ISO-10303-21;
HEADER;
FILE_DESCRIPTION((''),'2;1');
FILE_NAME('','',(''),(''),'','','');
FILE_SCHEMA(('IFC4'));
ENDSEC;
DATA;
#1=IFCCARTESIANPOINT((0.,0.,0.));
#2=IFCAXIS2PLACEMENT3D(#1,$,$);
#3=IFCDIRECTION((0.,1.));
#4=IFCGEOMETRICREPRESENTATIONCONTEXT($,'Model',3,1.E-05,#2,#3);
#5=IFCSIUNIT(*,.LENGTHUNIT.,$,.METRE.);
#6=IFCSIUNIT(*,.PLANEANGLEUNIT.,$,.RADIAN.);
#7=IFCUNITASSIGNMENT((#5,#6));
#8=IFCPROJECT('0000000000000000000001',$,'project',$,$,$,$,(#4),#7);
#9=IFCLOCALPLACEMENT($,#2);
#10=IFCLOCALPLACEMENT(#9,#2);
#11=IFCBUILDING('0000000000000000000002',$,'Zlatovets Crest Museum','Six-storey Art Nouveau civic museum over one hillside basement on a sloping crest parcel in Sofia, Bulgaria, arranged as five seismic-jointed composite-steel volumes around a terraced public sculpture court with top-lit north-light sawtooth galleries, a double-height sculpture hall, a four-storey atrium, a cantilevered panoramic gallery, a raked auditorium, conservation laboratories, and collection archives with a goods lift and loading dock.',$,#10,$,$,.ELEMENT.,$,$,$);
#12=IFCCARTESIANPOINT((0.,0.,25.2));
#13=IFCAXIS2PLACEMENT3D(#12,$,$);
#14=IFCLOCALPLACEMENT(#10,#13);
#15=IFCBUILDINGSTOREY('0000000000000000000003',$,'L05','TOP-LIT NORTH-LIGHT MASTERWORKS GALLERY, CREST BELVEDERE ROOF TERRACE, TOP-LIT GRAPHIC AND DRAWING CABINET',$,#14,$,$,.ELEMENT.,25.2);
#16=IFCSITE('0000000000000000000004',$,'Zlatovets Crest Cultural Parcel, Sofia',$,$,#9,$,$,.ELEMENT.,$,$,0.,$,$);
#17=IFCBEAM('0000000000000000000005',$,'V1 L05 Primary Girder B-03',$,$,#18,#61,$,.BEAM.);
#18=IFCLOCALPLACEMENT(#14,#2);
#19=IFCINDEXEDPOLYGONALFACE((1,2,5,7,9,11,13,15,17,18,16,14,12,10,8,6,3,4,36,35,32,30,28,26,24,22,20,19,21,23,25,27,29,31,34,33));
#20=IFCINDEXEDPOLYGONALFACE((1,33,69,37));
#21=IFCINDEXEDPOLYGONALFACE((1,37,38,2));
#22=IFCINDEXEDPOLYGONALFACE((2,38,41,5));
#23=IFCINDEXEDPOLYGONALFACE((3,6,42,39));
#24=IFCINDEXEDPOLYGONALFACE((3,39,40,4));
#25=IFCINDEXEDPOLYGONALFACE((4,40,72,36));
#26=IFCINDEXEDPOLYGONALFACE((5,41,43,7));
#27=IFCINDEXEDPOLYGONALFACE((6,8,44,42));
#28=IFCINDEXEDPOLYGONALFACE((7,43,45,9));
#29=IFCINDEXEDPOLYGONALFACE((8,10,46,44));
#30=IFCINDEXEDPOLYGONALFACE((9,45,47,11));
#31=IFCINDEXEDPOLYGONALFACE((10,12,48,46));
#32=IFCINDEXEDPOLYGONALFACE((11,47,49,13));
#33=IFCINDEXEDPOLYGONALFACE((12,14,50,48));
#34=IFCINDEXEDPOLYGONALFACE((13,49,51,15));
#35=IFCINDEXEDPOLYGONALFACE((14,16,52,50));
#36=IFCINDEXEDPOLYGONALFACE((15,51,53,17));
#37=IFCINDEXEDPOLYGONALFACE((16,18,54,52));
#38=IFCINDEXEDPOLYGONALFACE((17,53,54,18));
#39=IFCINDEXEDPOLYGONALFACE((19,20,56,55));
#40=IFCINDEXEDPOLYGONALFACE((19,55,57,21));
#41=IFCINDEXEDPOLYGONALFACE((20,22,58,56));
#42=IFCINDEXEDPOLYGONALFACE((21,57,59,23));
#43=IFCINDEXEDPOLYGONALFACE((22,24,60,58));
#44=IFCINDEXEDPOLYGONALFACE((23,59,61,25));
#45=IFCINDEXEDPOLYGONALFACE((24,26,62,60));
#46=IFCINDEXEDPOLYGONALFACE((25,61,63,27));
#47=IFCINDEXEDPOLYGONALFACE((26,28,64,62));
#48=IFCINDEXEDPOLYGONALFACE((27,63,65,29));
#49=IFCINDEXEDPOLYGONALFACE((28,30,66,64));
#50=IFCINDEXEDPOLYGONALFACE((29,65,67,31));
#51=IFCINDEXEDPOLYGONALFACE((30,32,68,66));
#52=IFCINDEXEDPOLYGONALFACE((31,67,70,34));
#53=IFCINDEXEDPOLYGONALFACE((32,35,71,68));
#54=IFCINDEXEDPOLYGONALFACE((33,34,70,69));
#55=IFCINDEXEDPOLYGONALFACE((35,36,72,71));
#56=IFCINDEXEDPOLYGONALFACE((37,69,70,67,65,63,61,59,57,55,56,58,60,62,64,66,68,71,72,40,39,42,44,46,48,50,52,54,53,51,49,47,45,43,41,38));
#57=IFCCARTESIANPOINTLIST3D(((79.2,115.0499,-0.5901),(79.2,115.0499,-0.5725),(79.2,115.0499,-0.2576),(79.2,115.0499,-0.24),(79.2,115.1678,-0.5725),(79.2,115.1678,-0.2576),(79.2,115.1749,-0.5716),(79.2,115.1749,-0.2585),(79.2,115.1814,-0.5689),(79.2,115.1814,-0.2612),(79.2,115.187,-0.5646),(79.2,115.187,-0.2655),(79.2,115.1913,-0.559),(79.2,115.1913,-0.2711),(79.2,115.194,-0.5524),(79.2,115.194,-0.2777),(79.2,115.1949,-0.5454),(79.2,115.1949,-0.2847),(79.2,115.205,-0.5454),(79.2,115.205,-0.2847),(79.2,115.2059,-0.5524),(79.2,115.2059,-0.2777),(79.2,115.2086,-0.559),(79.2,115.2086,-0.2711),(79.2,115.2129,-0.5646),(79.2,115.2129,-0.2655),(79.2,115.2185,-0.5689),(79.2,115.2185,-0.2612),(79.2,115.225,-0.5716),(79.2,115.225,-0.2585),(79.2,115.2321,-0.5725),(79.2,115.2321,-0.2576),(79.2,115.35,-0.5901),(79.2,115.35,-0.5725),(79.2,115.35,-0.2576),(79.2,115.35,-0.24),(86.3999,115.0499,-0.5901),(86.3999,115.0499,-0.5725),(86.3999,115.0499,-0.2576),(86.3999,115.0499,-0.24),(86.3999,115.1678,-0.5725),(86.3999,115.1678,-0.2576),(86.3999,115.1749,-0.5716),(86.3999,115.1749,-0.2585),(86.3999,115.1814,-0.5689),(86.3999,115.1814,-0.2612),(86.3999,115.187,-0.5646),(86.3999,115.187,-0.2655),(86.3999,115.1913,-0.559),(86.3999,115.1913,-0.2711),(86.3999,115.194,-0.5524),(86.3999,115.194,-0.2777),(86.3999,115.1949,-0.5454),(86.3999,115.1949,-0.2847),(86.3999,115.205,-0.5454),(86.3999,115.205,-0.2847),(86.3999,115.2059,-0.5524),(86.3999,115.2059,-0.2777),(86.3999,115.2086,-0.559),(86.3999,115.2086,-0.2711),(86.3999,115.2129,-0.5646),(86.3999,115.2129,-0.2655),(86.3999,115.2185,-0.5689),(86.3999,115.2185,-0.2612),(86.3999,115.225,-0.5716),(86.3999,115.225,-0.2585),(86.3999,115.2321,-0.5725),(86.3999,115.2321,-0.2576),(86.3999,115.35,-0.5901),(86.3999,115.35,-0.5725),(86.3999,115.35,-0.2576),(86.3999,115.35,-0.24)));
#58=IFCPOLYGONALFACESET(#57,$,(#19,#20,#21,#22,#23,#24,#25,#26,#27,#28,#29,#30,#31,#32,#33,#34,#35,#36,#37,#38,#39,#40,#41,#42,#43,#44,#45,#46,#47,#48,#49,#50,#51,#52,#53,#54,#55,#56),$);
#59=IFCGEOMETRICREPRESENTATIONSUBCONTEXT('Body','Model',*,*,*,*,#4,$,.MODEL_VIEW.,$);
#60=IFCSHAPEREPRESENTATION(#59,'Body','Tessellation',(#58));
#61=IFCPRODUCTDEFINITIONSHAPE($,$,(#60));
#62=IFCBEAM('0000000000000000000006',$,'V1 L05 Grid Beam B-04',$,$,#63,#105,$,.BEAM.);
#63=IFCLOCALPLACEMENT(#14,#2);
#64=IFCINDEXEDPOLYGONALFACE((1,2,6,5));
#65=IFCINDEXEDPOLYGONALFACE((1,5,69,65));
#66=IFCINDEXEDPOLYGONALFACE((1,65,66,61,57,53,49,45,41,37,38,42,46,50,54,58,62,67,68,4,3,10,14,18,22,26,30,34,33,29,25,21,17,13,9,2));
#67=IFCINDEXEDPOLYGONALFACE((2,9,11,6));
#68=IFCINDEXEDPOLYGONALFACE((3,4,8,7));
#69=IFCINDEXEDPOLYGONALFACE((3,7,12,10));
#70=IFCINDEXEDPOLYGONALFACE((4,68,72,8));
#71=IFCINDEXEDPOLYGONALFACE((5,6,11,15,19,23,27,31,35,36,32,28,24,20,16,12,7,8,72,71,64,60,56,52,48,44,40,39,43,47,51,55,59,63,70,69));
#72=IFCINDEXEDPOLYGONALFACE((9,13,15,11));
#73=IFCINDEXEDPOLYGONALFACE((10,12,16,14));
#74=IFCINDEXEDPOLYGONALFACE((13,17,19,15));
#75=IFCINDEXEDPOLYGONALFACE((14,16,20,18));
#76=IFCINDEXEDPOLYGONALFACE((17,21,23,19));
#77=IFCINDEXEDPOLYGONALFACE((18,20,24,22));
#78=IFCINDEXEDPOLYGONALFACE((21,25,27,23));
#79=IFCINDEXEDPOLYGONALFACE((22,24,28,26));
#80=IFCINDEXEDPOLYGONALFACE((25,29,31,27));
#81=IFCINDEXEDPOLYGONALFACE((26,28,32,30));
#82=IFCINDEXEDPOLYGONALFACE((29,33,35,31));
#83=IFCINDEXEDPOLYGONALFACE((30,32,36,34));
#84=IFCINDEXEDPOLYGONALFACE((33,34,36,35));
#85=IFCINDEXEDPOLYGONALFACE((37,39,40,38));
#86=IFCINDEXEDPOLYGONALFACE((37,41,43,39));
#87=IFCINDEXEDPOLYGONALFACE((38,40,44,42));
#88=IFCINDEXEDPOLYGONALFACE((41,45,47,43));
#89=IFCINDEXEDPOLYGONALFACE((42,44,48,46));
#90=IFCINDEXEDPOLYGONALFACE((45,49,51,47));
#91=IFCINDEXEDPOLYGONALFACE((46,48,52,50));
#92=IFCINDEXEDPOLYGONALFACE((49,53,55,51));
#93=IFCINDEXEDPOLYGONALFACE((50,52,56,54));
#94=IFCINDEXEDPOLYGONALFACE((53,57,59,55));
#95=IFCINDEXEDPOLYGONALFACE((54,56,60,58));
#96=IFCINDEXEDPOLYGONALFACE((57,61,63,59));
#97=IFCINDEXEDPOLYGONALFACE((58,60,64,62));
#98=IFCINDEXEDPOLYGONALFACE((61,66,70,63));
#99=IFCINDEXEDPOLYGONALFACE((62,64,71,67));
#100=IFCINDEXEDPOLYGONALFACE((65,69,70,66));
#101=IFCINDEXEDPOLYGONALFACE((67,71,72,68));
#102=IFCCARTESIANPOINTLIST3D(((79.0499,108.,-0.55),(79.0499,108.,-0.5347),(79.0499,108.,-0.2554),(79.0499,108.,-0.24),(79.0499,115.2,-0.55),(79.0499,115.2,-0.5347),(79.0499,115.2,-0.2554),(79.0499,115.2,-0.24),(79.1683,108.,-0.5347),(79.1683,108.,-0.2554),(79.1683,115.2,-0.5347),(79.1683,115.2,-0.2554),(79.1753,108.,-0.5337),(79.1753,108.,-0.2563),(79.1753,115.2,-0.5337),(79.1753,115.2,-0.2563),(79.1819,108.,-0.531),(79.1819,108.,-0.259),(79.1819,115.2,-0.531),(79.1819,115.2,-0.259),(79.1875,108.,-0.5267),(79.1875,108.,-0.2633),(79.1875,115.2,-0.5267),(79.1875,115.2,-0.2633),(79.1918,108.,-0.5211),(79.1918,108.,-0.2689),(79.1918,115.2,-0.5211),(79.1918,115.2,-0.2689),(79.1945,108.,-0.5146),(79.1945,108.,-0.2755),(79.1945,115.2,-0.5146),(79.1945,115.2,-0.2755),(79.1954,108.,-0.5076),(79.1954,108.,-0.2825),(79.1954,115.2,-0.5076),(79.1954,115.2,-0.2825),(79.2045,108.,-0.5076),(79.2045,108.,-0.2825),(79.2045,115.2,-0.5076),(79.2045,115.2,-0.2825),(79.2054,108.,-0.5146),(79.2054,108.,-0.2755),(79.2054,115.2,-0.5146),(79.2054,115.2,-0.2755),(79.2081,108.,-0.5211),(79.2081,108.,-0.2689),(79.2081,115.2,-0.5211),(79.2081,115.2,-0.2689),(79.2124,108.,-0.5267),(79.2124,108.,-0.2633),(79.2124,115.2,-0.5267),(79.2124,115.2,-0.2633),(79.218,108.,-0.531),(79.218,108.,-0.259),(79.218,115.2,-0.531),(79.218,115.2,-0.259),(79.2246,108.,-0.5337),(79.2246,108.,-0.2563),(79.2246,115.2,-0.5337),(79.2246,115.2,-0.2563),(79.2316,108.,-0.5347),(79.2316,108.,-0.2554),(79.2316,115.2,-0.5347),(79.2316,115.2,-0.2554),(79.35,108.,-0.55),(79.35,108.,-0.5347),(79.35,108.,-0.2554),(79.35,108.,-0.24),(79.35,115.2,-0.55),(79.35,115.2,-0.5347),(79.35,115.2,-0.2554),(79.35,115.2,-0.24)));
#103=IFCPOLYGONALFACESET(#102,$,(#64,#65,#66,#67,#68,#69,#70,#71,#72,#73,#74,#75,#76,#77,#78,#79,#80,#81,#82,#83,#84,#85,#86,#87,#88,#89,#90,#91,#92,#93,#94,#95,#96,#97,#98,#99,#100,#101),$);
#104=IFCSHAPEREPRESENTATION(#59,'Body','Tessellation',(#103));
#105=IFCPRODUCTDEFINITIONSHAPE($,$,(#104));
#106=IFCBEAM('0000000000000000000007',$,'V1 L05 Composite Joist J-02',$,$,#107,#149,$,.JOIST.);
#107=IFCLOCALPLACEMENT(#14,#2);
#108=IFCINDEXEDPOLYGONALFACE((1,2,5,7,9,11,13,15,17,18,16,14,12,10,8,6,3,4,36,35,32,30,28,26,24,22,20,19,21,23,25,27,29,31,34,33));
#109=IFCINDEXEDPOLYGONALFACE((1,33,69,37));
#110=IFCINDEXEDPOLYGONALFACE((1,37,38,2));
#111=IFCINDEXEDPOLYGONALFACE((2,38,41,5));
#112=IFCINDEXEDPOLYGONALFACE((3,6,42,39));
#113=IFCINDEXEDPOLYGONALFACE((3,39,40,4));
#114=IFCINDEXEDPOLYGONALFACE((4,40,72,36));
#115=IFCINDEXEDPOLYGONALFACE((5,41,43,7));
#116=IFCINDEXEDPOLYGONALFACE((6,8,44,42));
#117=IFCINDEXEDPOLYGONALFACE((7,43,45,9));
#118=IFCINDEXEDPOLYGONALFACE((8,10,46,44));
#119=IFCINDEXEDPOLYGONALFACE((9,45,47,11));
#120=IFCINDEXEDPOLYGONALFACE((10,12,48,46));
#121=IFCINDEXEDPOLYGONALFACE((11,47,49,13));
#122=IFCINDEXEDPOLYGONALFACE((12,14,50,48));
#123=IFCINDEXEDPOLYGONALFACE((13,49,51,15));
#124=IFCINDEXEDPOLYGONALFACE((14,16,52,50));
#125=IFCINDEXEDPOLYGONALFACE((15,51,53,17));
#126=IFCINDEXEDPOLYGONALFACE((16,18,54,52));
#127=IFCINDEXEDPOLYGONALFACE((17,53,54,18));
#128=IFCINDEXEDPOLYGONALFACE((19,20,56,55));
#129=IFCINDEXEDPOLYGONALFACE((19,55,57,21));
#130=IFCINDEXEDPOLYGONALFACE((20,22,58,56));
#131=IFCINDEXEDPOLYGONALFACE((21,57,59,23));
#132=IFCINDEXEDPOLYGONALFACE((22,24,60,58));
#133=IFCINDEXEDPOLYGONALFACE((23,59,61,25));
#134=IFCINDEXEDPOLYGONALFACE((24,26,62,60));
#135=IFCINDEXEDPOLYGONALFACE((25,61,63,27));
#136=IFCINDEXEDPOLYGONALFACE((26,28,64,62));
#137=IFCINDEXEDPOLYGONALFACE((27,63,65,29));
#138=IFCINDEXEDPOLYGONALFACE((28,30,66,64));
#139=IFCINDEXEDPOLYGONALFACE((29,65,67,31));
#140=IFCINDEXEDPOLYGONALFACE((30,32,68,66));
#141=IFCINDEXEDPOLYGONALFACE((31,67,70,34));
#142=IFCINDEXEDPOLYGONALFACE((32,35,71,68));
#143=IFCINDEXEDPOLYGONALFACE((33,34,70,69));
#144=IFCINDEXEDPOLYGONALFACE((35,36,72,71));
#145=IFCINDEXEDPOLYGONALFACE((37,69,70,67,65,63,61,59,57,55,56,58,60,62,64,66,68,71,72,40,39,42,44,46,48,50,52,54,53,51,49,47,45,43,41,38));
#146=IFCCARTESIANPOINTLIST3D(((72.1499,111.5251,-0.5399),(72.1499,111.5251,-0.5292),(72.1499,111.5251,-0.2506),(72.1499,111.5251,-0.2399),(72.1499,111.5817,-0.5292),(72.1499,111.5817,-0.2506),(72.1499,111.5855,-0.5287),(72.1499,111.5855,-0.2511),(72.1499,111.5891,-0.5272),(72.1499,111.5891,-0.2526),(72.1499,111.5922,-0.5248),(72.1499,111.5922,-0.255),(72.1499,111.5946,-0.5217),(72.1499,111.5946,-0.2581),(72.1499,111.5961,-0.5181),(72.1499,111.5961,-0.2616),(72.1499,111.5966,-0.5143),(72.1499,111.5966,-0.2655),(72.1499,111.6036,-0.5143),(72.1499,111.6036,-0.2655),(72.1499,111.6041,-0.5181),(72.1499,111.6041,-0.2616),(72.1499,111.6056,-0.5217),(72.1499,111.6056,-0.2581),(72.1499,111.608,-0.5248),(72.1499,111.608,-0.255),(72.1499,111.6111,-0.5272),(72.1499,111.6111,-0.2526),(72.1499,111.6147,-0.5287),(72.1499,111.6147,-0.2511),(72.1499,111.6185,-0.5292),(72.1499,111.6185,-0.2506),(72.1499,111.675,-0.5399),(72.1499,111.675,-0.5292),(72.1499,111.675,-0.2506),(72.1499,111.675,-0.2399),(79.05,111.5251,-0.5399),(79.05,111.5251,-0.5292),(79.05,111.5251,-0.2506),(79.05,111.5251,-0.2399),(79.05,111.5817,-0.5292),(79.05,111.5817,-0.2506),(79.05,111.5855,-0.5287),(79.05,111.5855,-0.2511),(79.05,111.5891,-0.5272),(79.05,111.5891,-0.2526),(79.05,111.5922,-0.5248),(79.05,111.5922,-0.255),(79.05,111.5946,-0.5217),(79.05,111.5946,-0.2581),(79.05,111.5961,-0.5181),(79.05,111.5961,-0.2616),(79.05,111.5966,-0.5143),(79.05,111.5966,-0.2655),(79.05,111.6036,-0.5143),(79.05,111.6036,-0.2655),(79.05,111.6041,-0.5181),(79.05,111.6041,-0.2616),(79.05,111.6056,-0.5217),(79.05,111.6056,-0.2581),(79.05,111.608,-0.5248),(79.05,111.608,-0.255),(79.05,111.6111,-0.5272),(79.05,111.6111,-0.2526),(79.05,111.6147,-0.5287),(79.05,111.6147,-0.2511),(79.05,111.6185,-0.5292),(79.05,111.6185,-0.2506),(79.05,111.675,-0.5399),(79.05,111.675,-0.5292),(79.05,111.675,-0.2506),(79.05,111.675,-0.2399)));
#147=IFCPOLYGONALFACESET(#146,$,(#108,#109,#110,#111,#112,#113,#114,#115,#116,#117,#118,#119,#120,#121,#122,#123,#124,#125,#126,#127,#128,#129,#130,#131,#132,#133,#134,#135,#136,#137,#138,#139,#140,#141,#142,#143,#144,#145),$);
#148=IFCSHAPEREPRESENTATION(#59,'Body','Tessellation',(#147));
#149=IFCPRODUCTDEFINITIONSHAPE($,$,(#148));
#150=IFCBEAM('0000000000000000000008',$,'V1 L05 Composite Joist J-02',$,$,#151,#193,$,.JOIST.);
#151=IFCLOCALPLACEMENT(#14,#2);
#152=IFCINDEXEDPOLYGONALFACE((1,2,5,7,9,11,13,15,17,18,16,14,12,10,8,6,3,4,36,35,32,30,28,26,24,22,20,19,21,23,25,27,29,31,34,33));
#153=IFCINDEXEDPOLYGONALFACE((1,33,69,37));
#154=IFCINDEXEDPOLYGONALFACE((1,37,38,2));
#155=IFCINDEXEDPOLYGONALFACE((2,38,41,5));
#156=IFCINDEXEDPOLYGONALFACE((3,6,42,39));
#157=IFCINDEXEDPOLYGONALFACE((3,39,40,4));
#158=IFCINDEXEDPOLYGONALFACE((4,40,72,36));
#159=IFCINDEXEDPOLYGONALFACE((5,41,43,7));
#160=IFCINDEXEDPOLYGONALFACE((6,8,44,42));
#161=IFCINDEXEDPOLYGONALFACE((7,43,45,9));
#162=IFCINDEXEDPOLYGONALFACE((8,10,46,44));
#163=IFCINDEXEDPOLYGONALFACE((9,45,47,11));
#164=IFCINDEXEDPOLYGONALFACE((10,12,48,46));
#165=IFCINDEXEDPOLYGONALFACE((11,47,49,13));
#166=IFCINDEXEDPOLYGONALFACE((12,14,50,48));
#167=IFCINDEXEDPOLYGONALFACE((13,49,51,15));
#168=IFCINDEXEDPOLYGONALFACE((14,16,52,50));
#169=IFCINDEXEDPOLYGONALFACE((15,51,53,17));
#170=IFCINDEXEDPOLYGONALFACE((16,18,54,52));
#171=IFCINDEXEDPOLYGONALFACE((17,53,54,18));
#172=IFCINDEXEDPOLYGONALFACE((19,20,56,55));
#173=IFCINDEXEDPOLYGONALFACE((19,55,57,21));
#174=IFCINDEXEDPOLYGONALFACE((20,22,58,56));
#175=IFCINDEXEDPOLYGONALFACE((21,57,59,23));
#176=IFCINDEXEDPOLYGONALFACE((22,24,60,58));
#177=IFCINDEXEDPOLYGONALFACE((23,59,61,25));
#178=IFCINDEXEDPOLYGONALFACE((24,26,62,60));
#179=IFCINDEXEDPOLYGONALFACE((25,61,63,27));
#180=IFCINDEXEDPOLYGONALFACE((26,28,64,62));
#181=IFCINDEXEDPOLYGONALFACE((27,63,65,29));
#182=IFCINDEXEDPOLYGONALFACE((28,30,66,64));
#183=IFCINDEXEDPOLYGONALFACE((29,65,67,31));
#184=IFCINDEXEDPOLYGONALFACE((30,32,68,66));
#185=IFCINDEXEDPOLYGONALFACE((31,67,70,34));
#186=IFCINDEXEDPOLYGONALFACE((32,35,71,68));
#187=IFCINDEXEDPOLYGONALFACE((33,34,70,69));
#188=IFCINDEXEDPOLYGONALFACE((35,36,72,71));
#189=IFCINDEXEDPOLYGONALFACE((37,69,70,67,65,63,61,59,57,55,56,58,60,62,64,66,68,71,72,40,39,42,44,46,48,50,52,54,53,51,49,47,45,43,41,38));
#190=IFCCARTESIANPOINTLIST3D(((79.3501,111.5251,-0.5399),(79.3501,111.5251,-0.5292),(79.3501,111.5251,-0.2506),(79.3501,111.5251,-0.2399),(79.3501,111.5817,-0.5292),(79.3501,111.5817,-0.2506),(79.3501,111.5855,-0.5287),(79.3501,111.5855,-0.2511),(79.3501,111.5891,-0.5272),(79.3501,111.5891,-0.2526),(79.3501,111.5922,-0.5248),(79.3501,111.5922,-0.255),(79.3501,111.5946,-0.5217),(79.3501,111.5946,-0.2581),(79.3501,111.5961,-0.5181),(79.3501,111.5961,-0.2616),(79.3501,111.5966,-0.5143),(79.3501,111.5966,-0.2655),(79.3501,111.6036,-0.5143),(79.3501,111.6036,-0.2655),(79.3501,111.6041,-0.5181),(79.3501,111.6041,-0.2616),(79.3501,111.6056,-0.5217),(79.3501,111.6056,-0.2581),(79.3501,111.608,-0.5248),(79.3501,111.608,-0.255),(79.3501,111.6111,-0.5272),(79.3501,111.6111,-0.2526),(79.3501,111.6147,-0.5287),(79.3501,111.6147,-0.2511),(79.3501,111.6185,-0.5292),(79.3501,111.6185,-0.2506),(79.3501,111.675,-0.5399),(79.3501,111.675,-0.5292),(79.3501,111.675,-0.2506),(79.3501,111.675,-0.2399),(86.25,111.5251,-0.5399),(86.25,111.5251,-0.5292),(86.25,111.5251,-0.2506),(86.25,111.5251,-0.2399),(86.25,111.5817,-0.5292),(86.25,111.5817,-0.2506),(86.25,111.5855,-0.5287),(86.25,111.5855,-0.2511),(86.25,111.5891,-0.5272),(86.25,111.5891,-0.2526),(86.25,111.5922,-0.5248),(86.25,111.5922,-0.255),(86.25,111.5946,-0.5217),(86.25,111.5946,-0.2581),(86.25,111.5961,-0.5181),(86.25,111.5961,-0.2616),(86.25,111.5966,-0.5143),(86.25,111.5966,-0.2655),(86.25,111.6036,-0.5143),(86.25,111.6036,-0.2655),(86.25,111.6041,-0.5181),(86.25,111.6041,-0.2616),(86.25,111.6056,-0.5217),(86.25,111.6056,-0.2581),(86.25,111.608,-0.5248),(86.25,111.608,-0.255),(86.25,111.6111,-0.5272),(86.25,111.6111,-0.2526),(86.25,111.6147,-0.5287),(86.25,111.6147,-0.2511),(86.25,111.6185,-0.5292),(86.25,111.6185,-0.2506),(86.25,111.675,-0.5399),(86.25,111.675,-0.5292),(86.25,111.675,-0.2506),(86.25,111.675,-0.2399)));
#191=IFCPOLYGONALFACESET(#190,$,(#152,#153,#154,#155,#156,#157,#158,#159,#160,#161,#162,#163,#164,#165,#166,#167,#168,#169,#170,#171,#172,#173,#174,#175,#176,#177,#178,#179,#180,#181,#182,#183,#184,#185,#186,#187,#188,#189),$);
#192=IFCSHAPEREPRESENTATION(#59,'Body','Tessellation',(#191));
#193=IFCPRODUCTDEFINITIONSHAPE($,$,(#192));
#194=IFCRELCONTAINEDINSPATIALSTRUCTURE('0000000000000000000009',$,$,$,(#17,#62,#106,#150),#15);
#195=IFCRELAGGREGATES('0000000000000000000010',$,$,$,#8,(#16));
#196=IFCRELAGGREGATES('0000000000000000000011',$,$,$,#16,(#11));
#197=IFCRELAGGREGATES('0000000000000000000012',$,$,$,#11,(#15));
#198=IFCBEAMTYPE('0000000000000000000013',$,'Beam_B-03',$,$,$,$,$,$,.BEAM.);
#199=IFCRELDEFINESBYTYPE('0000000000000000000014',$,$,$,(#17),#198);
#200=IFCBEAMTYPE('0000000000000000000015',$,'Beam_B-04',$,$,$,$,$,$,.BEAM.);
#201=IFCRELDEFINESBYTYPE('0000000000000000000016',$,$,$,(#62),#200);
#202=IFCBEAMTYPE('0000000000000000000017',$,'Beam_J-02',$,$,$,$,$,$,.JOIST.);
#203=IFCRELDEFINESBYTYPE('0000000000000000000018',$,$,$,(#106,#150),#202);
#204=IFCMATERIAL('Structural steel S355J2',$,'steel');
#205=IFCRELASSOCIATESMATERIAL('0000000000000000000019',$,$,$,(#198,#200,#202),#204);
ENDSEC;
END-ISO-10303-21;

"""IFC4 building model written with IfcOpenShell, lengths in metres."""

from ifc_helpers import new_model, si_unit, direction, frame, origin, origin_2d, place, context, subcontext, project, spatial, i_section, extrude, material, material_profile, profile_set, type_object, element, save


model = new_model("IFC4")

# Units and contexts
model_context = context("Model", 3, precision=1e-05, world=origin(), true_north=direction((0.0, 1.0)))
body_context = subcontext(model_context, "Body", "Model", "MODEL_VIEW")
ifc_project = project(units=[si_unit("LENGTHUNIT", "METRE"), si_unit("PLANEANGLEUNIT", "RADIAN")], contexts=[model_context])

# Site, building, storey
site_placement = place(None, origin())
site = spatial("IfcSite", under=ifc_project, at=site_placement, Name="Zlatovets Crest Cultural Parcel, Sofia", CompositionType="ELEMENT", RefElevation=0.0)
building_placement = place(site_placement, origin())
building = spatial("IfcBuilding", under=site, at=building_placement, Name="Zlatovets Crest Museum", Description="Six-storey Art Nouveau civic museum over one hillside basement on a sloping crest parcel in Sofia, Bulgaria, arranged as five seismic-jointed composite-steel volumes around a terraced public sculpture court with top-lit north-light sawtooth galleries, a double-height sculpture hall, a four-storey atrium, a cantilevered panoramic gallery, a raked auditorium, conservation laboratories, and collection archives with a goods lift and loading dock.", CompositionType="ELEMENT")
storey_placement = place(building_placement, frame((0.0, 0.0, 25.2)))
storey = spatial("IfcBuildingStorey", under=building, at=storey_placement, Name="L05", Description="TOP-LIT NORTH-LIGHT MASTERWORKS GALLERY, CREST BELVEDERE ROOF TERRACE, TOP-LIT GRAPHIC AND DRAWING CABINET", CompositionType="ELEMENT", Elevation=25.2)

# Shared definitions
ifc_material_1 = material(Name="Structural steel S355J2", Category="steel")

# Beams
ifc_material_profile_1 = material_profile(ifc_material_1, i_section(OverallWidth=0.3, OverallDepth=0.3501, WebThickness=0.01, FlangeThickness=0.0176, FilletRadius=0.0271, at=origin_2d()), Name="HEA 360")
ifc_profile_set_1 = profile_set([ifc_material_profile_1], Name="Structural steel S355J2")
beam_type_1 = type_object("IfcBeamType", Name="Beam_B-03", PredefinedType="BEAM", material=ifc_profile_set_1)
for number, where, z_axis, x_axis, name in (
    (1, (79.2, 115.2, -0.415), (1.0, 0.0, 0.0), (0.0, 1.0, 0.0), "V1 L05 Primary Girder B-03"),
):
    element("IfcBeam", number, at=place(storey_placement, frame(where, z_axis=z_axis, x_axis=x_axis)), inside=storey, type_object=beam_type_1, Name=name, PredefinedType="BEAM", context=body_context, shape_type="SweptSolid", body=[
        extrude(i_section(OverallWidth=0.3, OverallDepth=0.3501, WebThickness=0.01, FlangeThickness=0.0176, FilletRadius=0.0271, at=origin_2d()), origin(), (0.0, 0.0, 1.0), 7.2),
    ])
ifc_material_profile_2 = material_profile(ifc_material_1, i_section(OverallWidth=0.3, OverallDepth=0.3101, WebThickness=0.009, FlangeThickness=0.0154, FilletRadius=0.0271, at=origin_2d()), Name="HEA 320")
ifc_profile_set_2 = profile_set([ifc_material_profile_2], Name="Structural steel S355J2")
beam_type_2 = type_object("IfcBeamType", Name="Beam_B-04", PredefinedType="BEAM", material=ifc_profile_set_2)
beam_1_placement = place(storey_placement, frame((79.2, 108.0, -0.395), z_axis=(0.0, 1.0, 0.0), x_axis=(-1.0, 0.0, 0.0)))
element("IfcBeam", 2, at=beam_1_placement, inside=storey, type_object=beam_type_2, Name="V1 L05 Grid Beam B-04", PredefinedType="BEAM", context=body_context, shape_type="SweptSolid", body=[
    extrude(i_section(OverallWidth=0.3, OverallDepth=0.3101, WebThickness=0.009, FlangeThickness=0.0154, FilletRadius=0.0271, at=origin_2d()), origin(), (0.0, 0.0, 1.0), 7.2),
])
ifc_material_profile_3 = material_profile(ifc_material_1, i_section(OverallWidth=0.1499, OverallDepth=0.3, WebThickness=0.0071, FlangeThickness=0.0107, FilletRadius=0.0149, at=origin_2d()), Name="IPE 300")
ifc_profile_set_3 = profile_set([ifc_material_profile_3], Name="Structural steel S355J2")
beam_type_3 = type_object("IfcBeamType", Name="Beam_J-02", PredefinedType="JOIST", material=ifc_profile_set_3)
beam_2_placement = place(storey_placement, frame((72.1499, 111.6001, -0.3899), z_axis=(1.0, 0.0, 0.0), x_axis=(0.0, 1.0, 0.0)))
element("IfcBeam", 3, at=beam_2_placement, inside=storey, type_object=beam_type_3, Name="V1 L05 Composite Joist J-02", PredefinedType="JOIST", context=body_context, shape_type="SweptSolid", body=[
    extrude(i_section(OverallWidth=0.1499, OverallDepth=0.3, WebThickness=0.0071, FlangeThickness=0.0107, FilletRadius=0.0149, at=origin_2d()), origin(), (0.0, 0.0, 1.0), 6.9001),
])
beam_3_placement = place(storey_placement, frame((79.3501, 111.6001, -0.3899), z_axis=(1.0, 0.0, 0.0), x_axis=(0.0, 1.0, 0.0)))
element("IfcBeam", 4, at=beam_3_placement, inside=storey, type_object=beam_type_3, Name="V1 L05 Composite Joist J-02", PredefinedType="JOIST", context=body_context, shape_type="SweptSolid", body=[
    extrude(i_section(OverallWidth=0.1499, OverallDepth=0.3, WebThickness=0.0071, FlangeThickness=0.0107, FilletRadius=0.0149, at=origin_2d()), origin(), (0.0, 0.0, 1.0), 6.8999),
])

save(model, "model.ifc")
